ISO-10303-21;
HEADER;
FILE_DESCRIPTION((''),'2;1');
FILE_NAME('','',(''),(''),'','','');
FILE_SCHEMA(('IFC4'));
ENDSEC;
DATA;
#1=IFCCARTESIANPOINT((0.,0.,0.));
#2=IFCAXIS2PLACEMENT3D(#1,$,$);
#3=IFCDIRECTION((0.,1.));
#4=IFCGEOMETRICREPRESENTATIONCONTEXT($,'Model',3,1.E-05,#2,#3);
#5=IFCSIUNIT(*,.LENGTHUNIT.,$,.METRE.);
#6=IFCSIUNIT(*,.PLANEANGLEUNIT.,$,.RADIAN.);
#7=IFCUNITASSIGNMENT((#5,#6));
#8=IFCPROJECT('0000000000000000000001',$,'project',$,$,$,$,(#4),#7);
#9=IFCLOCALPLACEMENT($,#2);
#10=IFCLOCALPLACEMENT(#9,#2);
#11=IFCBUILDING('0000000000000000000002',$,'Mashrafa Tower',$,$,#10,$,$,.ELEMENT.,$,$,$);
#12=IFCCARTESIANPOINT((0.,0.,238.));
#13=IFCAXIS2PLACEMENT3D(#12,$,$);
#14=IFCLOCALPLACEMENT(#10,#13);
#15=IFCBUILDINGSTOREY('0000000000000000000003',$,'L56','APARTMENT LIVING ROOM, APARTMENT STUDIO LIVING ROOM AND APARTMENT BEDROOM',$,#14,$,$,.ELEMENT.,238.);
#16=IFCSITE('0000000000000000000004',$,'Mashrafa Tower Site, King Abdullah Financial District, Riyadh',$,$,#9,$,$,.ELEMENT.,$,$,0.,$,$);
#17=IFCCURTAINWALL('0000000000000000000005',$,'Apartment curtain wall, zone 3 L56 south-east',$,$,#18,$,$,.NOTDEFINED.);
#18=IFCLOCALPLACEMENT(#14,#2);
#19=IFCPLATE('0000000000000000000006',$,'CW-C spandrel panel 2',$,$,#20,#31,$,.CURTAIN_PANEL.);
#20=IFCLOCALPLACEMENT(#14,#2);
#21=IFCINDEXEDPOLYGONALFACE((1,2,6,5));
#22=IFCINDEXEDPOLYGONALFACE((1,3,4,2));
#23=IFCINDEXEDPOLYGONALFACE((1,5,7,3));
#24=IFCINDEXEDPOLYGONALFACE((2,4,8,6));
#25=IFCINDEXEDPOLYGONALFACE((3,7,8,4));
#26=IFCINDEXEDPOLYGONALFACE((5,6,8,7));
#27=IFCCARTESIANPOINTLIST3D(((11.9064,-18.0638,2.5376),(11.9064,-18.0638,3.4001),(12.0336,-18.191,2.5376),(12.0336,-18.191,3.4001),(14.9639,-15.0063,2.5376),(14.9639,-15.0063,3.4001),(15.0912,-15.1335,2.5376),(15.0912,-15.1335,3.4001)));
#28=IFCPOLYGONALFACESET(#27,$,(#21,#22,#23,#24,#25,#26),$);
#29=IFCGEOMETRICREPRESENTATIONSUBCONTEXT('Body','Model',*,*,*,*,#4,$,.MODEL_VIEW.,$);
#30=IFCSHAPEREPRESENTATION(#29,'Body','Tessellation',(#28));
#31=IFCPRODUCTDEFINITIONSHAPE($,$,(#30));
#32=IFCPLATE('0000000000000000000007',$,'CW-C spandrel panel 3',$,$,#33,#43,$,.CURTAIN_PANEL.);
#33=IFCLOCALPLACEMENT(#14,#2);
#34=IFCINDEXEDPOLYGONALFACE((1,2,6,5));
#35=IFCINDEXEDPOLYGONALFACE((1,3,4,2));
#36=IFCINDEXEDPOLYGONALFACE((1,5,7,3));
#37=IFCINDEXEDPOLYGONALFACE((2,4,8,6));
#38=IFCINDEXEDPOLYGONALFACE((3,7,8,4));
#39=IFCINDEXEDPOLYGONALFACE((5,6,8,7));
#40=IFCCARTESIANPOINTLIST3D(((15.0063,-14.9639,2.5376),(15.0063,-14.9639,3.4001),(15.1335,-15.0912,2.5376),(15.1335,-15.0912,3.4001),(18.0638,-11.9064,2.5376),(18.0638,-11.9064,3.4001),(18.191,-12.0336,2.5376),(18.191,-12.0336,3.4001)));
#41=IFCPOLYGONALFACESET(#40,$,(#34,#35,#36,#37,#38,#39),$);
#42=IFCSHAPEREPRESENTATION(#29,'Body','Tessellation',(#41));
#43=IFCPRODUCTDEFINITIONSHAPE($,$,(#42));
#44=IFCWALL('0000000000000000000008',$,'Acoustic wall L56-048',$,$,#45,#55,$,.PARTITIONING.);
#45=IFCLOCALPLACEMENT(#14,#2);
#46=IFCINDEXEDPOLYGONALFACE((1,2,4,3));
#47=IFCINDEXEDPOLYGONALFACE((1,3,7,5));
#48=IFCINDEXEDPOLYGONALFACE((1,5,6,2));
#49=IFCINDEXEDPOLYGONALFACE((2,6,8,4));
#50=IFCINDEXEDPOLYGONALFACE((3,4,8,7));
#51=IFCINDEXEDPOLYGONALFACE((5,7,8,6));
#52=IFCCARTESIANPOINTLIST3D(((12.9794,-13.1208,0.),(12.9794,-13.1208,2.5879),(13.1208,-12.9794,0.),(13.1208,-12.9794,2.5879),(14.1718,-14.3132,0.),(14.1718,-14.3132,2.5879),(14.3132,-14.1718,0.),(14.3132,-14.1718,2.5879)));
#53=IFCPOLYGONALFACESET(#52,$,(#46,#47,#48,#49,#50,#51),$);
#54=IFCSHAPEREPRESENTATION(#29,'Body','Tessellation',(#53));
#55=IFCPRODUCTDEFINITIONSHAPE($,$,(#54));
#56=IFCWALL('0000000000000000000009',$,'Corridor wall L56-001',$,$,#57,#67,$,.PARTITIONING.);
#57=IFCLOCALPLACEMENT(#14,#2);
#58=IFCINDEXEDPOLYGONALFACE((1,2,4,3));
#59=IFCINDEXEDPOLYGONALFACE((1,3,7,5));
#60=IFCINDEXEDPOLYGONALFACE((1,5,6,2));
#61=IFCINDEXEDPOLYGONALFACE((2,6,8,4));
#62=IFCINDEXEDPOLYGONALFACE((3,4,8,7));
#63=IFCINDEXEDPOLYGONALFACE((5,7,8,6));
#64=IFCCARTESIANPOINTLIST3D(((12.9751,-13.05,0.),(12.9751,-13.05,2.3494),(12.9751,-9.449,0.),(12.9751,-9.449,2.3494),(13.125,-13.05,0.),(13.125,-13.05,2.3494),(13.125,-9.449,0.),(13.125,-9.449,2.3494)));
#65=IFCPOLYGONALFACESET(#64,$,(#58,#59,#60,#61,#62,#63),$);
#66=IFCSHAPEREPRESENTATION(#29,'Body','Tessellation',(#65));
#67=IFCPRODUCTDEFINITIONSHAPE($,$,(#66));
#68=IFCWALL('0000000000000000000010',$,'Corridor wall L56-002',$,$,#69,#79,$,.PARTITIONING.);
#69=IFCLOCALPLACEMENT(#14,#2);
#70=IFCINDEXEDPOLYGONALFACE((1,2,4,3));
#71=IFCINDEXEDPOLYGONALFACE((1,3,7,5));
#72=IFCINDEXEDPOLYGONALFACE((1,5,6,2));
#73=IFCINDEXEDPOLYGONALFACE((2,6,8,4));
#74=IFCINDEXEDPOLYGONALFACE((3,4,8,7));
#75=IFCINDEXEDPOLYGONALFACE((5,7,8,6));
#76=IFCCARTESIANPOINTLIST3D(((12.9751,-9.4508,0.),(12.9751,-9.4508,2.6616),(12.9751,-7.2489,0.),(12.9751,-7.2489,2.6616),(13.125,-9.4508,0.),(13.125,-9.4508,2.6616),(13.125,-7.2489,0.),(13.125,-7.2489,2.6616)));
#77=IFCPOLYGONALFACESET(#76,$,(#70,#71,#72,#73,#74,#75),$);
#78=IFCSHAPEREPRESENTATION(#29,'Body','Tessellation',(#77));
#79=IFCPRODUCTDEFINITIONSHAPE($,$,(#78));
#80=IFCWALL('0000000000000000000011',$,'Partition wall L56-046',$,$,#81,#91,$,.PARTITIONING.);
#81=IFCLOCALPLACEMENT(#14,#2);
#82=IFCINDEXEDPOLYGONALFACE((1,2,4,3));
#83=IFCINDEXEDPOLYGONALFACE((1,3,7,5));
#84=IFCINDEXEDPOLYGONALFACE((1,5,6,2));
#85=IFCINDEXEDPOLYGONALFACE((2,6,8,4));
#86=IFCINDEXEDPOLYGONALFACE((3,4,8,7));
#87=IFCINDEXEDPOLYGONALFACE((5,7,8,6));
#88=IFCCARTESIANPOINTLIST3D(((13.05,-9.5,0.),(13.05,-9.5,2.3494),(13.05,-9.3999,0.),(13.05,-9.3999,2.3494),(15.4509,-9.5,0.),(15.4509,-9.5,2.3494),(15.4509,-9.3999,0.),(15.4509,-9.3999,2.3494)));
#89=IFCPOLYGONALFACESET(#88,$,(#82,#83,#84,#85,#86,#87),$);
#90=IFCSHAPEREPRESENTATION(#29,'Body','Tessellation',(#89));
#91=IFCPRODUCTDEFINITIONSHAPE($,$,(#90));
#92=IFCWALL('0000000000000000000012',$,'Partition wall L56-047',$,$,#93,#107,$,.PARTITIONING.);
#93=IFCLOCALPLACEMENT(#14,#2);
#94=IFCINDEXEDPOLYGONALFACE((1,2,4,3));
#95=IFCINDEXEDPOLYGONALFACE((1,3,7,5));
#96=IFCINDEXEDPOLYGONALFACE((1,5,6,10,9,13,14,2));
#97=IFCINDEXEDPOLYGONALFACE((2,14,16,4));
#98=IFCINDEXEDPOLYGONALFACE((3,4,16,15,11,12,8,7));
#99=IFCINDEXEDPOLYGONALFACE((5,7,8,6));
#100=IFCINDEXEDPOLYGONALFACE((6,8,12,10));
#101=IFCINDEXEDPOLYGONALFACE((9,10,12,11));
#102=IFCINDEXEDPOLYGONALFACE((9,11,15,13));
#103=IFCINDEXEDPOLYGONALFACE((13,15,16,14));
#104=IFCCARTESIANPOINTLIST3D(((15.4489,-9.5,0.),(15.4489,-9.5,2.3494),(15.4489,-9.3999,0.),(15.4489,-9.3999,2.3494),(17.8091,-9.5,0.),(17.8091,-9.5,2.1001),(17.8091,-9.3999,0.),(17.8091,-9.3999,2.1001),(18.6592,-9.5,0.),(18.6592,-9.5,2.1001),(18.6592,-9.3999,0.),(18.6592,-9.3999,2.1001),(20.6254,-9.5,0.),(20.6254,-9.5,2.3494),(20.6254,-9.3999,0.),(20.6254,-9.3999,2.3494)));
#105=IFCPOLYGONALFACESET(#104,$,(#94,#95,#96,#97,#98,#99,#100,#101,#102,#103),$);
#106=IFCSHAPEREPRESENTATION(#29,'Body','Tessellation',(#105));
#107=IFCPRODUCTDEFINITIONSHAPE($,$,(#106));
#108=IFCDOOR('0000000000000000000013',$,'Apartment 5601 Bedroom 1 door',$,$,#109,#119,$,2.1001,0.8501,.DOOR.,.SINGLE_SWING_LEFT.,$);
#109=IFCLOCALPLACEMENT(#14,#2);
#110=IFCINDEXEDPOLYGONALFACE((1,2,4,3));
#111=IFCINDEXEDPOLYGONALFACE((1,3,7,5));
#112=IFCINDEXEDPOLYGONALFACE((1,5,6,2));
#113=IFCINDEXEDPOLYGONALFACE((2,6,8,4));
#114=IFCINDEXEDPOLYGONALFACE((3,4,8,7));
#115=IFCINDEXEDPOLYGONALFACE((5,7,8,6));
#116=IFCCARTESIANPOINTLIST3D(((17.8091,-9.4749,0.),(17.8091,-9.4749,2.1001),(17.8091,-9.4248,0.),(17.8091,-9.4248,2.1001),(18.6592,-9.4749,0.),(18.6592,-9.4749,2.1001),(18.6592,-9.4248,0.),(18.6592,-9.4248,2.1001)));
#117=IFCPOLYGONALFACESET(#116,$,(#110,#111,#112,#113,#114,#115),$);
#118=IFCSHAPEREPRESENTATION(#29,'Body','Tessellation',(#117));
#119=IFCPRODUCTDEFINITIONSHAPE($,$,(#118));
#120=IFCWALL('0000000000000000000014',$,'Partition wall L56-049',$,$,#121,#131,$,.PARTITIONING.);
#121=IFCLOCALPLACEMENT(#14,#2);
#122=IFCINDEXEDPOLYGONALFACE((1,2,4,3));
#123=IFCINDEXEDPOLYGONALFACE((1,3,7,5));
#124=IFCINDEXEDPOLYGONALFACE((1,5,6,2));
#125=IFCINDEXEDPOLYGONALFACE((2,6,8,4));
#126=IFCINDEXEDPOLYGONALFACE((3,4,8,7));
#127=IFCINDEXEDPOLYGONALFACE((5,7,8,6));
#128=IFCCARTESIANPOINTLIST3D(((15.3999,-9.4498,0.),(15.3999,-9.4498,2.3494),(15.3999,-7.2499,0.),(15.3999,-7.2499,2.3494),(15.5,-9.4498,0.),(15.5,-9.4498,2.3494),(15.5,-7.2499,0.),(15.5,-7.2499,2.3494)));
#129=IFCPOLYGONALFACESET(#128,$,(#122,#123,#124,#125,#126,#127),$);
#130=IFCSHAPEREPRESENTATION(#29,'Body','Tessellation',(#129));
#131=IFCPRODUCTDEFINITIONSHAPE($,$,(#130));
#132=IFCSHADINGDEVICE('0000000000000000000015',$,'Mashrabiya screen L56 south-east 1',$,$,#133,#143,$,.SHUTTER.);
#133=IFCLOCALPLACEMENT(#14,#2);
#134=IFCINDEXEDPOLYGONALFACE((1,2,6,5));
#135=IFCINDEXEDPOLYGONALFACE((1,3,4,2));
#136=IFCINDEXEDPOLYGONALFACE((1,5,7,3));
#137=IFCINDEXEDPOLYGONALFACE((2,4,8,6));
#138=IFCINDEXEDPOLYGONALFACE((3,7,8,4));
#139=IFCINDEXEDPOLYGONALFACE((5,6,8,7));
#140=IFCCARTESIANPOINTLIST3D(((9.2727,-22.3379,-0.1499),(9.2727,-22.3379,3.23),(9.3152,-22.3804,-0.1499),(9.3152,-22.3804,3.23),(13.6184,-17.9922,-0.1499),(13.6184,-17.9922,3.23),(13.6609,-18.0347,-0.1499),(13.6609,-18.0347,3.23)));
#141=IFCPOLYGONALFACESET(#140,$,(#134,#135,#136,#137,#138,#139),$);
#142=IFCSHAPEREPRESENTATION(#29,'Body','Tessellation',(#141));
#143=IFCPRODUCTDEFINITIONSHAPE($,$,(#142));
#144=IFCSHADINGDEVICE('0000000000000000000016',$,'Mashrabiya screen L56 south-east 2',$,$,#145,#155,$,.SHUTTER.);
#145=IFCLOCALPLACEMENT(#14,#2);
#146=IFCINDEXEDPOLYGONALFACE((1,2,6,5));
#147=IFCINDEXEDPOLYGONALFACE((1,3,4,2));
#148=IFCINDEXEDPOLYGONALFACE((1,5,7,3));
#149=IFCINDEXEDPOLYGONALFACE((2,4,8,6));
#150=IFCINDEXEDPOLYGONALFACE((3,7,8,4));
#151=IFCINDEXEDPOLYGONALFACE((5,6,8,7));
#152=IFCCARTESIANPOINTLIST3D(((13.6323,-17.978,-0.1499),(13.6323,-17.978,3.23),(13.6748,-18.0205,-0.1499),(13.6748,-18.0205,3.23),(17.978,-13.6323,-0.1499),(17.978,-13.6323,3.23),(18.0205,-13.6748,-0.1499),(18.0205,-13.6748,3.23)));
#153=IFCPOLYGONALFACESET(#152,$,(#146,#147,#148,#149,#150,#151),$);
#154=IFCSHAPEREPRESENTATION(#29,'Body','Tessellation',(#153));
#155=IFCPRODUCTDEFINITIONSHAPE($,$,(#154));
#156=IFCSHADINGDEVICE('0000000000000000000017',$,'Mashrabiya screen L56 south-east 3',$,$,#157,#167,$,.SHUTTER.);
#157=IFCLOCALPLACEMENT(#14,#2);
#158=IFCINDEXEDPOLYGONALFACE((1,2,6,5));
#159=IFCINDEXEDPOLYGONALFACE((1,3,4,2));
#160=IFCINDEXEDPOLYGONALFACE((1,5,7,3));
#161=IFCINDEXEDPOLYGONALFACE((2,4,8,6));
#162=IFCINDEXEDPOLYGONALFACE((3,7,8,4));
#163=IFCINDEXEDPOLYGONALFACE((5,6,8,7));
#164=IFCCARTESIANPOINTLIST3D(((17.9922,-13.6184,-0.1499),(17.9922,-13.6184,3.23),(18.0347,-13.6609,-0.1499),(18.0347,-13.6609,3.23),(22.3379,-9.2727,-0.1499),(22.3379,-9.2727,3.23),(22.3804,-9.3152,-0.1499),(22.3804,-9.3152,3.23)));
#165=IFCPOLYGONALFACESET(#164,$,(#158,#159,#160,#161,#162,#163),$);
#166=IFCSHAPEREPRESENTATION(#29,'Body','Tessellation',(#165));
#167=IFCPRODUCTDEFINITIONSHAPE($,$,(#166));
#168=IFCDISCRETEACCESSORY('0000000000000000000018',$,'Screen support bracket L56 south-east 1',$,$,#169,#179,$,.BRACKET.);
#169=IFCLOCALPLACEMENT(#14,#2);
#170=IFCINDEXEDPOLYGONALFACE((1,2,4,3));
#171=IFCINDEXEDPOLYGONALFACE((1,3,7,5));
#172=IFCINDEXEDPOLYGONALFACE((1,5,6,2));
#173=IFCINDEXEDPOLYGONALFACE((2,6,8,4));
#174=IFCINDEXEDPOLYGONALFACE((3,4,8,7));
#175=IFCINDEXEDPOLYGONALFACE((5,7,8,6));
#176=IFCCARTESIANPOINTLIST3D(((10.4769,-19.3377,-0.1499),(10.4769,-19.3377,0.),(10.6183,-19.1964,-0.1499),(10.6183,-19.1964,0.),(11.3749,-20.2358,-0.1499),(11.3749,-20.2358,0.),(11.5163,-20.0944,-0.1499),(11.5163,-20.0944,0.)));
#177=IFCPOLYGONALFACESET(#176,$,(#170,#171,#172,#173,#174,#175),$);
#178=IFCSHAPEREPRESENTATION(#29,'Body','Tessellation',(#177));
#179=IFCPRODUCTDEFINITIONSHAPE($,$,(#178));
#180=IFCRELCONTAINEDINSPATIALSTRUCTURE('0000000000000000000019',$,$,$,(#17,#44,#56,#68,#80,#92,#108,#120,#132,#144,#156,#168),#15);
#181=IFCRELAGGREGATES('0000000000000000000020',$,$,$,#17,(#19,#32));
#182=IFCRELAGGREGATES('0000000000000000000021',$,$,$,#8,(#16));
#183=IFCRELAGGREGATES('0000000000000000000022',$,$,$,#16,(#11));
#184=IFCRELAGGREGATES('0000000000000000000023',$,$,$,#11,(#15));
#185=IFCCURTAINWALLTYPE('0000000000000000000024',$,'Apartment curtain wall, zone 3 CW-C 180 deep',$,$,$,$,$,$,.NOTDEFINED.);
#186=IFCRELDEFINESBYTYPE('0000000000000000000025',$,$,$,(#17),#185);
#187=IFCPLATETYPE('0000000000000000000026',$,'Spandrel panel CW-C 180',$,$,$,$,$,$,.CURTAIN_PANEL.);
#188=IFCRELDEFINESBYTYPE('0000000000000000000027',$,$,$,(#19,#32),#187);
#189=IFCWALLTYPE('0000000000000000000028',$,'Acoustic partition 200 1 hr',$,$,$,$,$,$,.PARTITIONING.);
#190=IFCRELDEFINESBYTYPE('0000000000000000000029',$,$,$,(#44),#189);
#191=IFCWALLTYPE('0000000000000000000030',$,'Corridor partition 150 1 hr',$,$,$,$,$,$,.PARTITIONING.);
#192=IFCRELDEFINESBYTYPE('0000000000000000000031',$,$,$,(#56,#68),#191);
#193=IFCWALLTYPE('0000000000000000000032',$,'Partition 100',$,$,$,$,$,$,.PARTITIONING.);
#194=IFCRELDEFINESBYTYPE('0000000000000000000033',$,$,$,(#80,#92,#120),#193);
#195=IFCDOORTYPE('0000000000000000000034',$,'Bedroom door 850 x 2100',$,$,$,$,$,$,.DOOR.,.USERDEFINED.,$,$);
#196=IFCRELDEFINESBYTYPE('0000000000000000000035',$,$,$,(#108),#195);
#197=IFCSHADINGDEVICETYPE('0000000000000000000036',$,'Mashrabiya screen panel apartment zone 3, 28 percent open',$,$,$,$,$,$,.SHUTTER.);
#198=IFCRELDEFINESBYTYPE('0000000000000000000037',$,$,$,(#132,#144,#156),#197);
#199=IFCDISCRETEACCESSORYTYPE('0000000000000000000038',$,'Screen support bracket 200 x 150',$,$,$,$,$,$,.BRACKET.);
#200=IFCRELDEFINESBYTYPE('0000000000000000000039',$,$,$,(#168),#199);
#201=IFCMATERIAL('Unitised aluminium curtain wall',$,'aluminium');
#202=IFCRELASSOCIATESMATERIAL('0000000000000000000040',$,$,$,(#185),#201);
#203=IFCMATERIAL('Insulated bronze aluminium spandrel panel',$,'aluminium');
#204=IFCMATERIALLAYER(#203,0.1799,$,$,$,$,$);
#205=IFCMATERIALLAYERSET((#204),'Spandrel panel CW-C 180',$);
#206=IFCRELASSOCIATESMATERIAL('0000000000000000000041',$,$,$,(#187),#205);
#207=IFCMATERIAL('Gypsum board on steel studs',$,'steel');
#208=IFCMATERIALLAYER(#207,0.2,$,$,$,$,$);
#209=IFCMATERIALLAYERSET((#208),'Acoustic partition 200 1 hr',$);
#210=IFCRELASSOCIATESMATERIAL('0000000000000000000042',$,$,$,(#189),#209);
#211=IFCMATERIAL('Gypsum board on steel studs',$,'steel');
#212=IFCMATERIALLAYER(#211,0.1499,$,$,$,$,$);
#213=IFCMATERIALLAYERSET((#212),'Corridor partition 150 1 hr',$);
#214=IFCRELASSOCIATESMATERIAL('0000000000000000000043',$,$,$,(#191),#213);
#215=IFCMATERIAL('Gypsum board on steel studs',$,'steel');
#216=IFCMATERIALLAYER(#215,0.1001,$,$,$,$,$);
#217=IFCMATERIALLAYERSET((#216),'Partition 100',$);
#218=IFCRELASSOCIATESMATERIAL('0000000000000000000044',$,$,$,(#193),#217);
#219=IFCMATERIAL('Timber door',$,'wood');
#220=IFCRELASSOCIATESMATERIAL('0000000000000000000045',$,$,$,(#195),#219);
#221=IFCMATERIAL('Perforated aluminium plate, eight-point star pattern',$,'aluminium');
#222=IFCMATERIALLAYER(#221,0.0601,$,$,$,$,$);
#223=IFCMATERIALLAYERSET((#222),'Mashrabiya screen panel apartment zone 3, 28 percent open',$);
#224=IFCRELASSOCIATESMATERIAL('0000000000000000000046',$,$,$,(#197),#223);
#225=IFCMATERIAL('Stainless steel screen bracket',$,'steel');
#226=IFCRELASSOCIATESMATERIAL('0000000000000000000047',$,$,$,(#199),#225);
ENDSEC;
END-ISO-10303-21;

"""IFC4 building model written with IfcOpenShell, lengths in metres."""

from ifc_helpers import new_model, si_unit, direction, frame, frame_2d, origin, origin_2d, place, context, subcontext, project, spatial, rectangle, extrude, source, transform, mapped, material, layer, layer_set, type_object, type_shapes, element, fill, aggregate, save


model = new_model("IFC4")

# Units and contexts
model_context = context("Model", 3, precision=1e-05, world=origin(), true_north=direction((0.0, 1.0)))
body_context = subcontext(model_context, "Body", "Model", "MODEL_VIEW")
ifc_project = project(units=[si_unit("LENGTHUNIT", "METRE"), si_unit("PLANEANGLEUNIT", "RADIAN")], contexts=[model_context])

# Site, building, storey
site_placement = place(None, origin())
site = spatial("IfcSite", under=ifc_project, at=site_placement, Name="Mashrafa Tower Site, King Abdullah Financial District, Riyadh", CompositionType="ELEMENT", RefElevation=0.0)
building_placement = place(site_placement, origin())
building = spatial("IfcBuilding", under=site, at=building_placement, Name="Mashrafa Tower", CompositionType="ELEMENT")
storey_placement = place(building_placement, frame((0.0, 0.0, 238.0)))
storey = spatial("IfcBuildingStorey", under=building, at=storey_placement, Name="L56", Description="APARTMENT LIVING ROOM, APARTMENT STUDIO LIVING ROOM AND APARTMENT BEDROOM", CompositionType="ELEMENT", Elevation=238.0)

# Curtain wall, plates
ifc_material_1 = material(Name="Unitised aluminium curtain wall", Category="aluminium")
curtain_wall_type = type_object("IfcCurtainWallType", Name="Apartment curtain wall, zone 3 CW-C 180 deep", PredefinedType="NOTDEFINED", material=ifc_material_1)
curtain_wall_placement = place(storey_placement, origin())
curtain_wall = element("IfcCurtainWall", 1, at=curtain_wall_placement, inside=storey, type_object=curtain_wall_type, Name="Apartment curtain wall, zone 3 L56 south-east", PredefinedType="NOTDEFINED")
ifc_material_2 = material(Name="Insulated bronze aluminium spandrel panel", Category="aluminium")
ifc_layer_1 = layer(ifc_material_2, 0.1799)
ifc_layer_set_1 = layer_set([ifc_layer_1], Name="Spandrel panel CW-C 180")
plate_type_1 = type_object("IfcPlateType", Name="Spandrel panel CW-C 180", PredefinedType="CURTAIN_PANEL", material=ifc_layer_set_1)
shared_shape_1 = source(origin(), body_context, "Body", "SweptSolid", [
    extrude(rectangle(XDim=4.324, YDim=0.1799, at=origin_2d()), origin(), (0.0, 0.0, 1.0), 0.8625),
])
plate_1_placement = place(storey_placement, frame((13.4988, -16.5986, 2.5376), z_axis=(0.0, 0.0, 1.0), x_axis=(0.707107, 0.707107, 0.0)))
plate_1 = element("IfcPlate", 2, at=plate_1_placement, type_object=plate_type_1, Name="CW-C spandrel panel 2", PredefinedType="CURTAIN_PANEL", context=body_context, shape_type="MappedRepresentation", body=[
    mapped(shared_shape_1, transform((0.0, 0.0, 0.0))),
])
plate_2_placement = place(storey_placement, frame((16.5986, -13.4988, 2.5376), z_axis=(0.0, 0.0, 1.0), x_axis=(0.707107, 0.707107, 0.0)))
plate_2 = element("IfcPlate", 3, at=plate_2_placement, type_object=plate_type_1, Name="CW-C spandrel panel 3", PredefinedType="CURTAIN_PANEL", context=body_context, shape_type="MappedRepresentation", body=[
    mapped(shared_shape_1, transform((0.0, 0.0, 0.0))),
])
aggregate(curtain_wall, [plate_1, plate_2])

# Walls
ifc_material_3 = material(Name="Gypsum board on steel studs", Category="steel")
ifc_layer_2 = layer(ifc_material_3, 0.2)
ifc_layer_set_2 = layer_set([ifc_layer_2], Name="Acoustic partition 200 1 hr")
wall_type_1 = type_object("IfcWallType", Name="Acoustic partition 200 1 hr", PredefinedType="PARTITIONING", material=ifc_layer_set_2)
wall_1_placement = place(storey_placement, frame((13.05, -13.05, 0.0), z_axis=(0.0, 0.0, 1.0), x_axis=(0.707107, -0.707107, 0.0)))
element("IfcWall", 4, at=wall_1_placement, inside=storey, type_object=wall_type_1, Name="Acoustic wall L56-048", PredefinedType="PARTITIONING", context=body_context, shape_type="SweptSolid", body=[
    extrude(rectangle(XDim=1.6863, YDim=0.2, at=frame_2d((0.8433, 0.0))), origin(), (0.0, 0.0, 1.0), 2.5879),
])
ifc_material_4 = material(Name="Gypsum board on steel studs", Category="steel")
ifc_layer_3 = layer(ifc_material_4, 0.1499)
ifc_layer_set_3 = layer_set([ifc_layer_3], Name="Corridor partition 150 1 hr")
wall_type_2 = type_object("IfcWallType", Name="Corridor partition 150 1 hr", PredefinedType="PARTITIONING", material=ifc_layer_set_3)
wall_2_placement = place(storey_placement, frame((13.05, -13.05, 0.0), z_axis=(0.0, 0.0, 1.0), x_axis=(0.0, 1.0, 0.0)))
element("IfcWall", 5, at=wall_2_placement, inside=storey, type_object=wall_type_2, Name="Corridor wall L56-001", PredefinedType="PARTITIONING", context=body_context, shape_type="SweptSolid", body=[
    extrude(rectangle(XDim=3.6011, YDim=0.1499, at=frame_2d((1.8005, 0.0))), origin(), (0.0, 0.0, 1.0), 2.3494),
])
wall_3_placement = place(storey_placement, frame((13.05, -9.4509, 0.0), z_axis=(0.0, 0.0, 1.0), x_axis=(0.0, 1.0, 0.0)))
element("IfcWall", 6, at=wall_3_placement, inside=storey, type_object=wall_type_2, Name="Corridor wall L56-002", PredefinedType="PARTITIONING", context=body_context, shape_type="SweptSolid", body=[
    extrude(rectangle(XDim=2.2019, YDim=0.1499, at=frame_2d((1.1011, 0.0))), origin(), (0.0, 0.0, 1.0), 2.6616),
])
ifc_material_5 = material(Name="Gypsum board on steel studs", Category="steel")
ifc_layer_4 = layer(ifc_material_5, 0.1001)
ifc_layer_set_4 = layer_set([ifc_layer_4], Name="Partition 100")
wall_type_3 = type_object("IfcWallType", Name="Partition 100", PredefinedType="PARTITIONING", material=ifc_layer_set_4)
wall_4_placement = place(storey_placement, frame((15.4509, -9.45, 0.0), z_axis=(0.0, 0.0, 1.0), x_axis=(-1.0, 0.0, 0.0)))
element("IfcWall", 7, at=wall_4_placement, inside=storey, type_object=wall_type_3, Name="Partition wall L56-046", PredefinedType="PARTITIONING", context=body_context, shape_type="SweptSolid", body=[
    extrude(rectangle(XDim=2.4009, YDim=0.1001, at=frame_2d((1.2004, 0.0))), origin(), (0.0, 0.0, 1.0), 2.3494),
])

# Wall, opening, door
wall_5_placement = place(storey_placement, frame((20.6255, -9.45, 0.0), z_axis=(0.0, 0.0, 1.0), x_axis=(-1.0, 0.0, 0.0)))
wall_5 = element("IfcWall", 8, at=wall_5_placement, inside=storey, type_object=wall_type_3, Name="Partition wall L56-047", PredefinedType="PARTITIONING", context=body_context, shape_type="SweptSolid", body=[
    extrude(rectangle(XDim=5.1765, YDim=0.1001, at=frame_2d((2.5884, 0.0))), origin(), (0.0, 0.0, 1.0), 2.3494),
])
opening_placement = place(wall_5_placement, frame((1.9663, 0.0, 0.0)))
opening = element("IfcOpeningElement", 9, at=opening_placement, cuts=wall_5, PredefinedType="OPENING", context=body_context, shape_type="SweptSolid", body=[
    extrude(rectangle(XDim=0.8501, YDim=2.1001, at=frame_2d((0.425, 1.05))), frame((0.0, 0.0601, 0.0), z_axis=(0.0, -1.0, 0.0), x_axis=(1.0, 0.0, 0.0)), (0.0, 0.0, 1.0), 0.1201),
])
ifc_material_6 = material(Name="Timber door", Category="wood")
door_type = type_object("IfcDoorType", Name="Bedroom door 850 x 2100", OperationType="USERDEFINED", PredefinedType="DOOR", material=ifc_material_6)
door_placement = place(opening_placement, origin())
door = element("IfcDoor", 10, at=door_placement, inside=storey, type_object=door_type, Name="Apartment 5601 Bedroom 1 door", OperationType="SINGLE_SWING_LEFT", OverallHeight=2.1001, OverallWidth=0.8501, PredefinedType="DOOR", context=body_context, shape_type="SweptSolid", body=[
    extrude(rectangle(XDim=0.8501, YDim=2.1001, at=frame_2d((0.425, 1.05))), frame((0.0, 0.0249, 0.0), z_axis=(0.0, -1.0, 0.0), x_axis=(1.0, 0.0, 0.0)), (0.0, 0.0, 1.0), 0.05),
])
fill(opening, door)

# Wall
wall_6_placement = place(storey_placement, frame((15.45, -9.45, 0.0), z_axis=(0.0, 0.0, 1.0), x_axis=(0.0, 1.0, 0.0)))
element("IfcWall", 11, at=wall_6_placement, inside=storey, type_object=wall_type_3, Name="Partition wall L56-049", PredefinedType="PARTITIONING", context=body_context, shape_type="SweptSolid", body=[
    extrude(rectangle(XDim=2.2, YDim=0.1001, at=frame_2d((1.1001, 0.0))), origin(), (0.0, 0.0, 1.0), 2.3494),
])

# Shading devices
ifc_material_7 = material(Name="Perforated aluminium plate, eight-point star pattern", Category="aluminium")
ifc_layer_5 = layer(ifc_material_7, 0.0601)
ifc_layer_set_5 = layer_set([ifc_layer_5], Name="Mashrabiya screen panel apartment zone 3, 28 percent open")
shading_device_type = type_object("IfcShadingDeviceType", Name="Mashrabiya screen panel apartment zone 3, 28 percent open", PredefinedType="SHUTTER", material=ifc_layer_set_5)
shared_shape_2 = source(origin(), body_context, "Body", "SweptSolid", [
    extrude(rectangle(XDim=6.1458, YDim=0.0601, at=origin_2d()), origin(), (0.0, 0.0, 1.0), 3.3799),
])
type_shapes(shading_device_type, [shared_shape_2])
for number, where, z_axis, x_axis, name in (
    (12, (11.4668, -20.1863, -0.1499), (0.0, 0.0, 1.0), (0.707107, 0.707107, 0.0), "Mashrabiya screen L56 south-east 1"),
    (13, (15.8264, -15.8264, -0.1499), (0.0, 0.0, 1.0), (0.707107, 0.707107, 0.0), "Mashrabiya screen L56 south-east 2"),
    (14, (20.1863, -11.4668, -0.1499), (0.0, 0.0, 1.0), (0.707107, 0.707107, 0.0), "Mashrabiya screen L56 south-east 3"),
):
    element("IfcShadingDevice", number, at=place(storey_placement, frame(where, z_axis=z_axis, x_axis=x_axis)), inside=storey, type_object=shading_device_type, Name=name, PredefinedType="SHUTTER", context=body_context, shape_type="MappedRepresentation", body=[
        mapped(shared_shape_2, transform((0.0, 0.0, 0.0))),
    ])

# Discrete accessory
ifc_material_8 = material(Name="Stainless steel screen bracket", Category="steel")
discrete_accessory_type = type_object("IfcDiscreteAccessoryType", Name="Screen support bracket 200 x 150", PredefinedType="BRACKET", material=ifc_material_8)
shared_shape_3 = source(origin(), body_context, "Body", "SweptSolid", [
    extrude(rectangle(XDim=0.2, YDim=1.27, at=origin_2d()), origin(), (0.0, 0.0, 1.0), 0.1499),
])
type_shapes(discrete_accessory_type, [shared_shape_3])
for number, where, z_axis, x_axis, name in (
    (15, (10.9966, -19.7161, -0.1499), (0.0, 0.0, 1.0), (0.707107, 0.707107, 0.0), "Screen support bracket L56 south-east 1"),
):
    element("IfcDiscreteAccessory", number, at=place(storey_placement, frame(where, z_axis=z_axis, x_axis=x_axis)), inside=storey, type_object=discrete_accessory_type, Name=name, PredefinedType="BRACKET", context=body_context, shape_type="MappedRepresentation", body=[
        mapped(shared_shape_3, transform((0.0, 0.0, 0.0))),
    ])

save(model, "model.ifc")
